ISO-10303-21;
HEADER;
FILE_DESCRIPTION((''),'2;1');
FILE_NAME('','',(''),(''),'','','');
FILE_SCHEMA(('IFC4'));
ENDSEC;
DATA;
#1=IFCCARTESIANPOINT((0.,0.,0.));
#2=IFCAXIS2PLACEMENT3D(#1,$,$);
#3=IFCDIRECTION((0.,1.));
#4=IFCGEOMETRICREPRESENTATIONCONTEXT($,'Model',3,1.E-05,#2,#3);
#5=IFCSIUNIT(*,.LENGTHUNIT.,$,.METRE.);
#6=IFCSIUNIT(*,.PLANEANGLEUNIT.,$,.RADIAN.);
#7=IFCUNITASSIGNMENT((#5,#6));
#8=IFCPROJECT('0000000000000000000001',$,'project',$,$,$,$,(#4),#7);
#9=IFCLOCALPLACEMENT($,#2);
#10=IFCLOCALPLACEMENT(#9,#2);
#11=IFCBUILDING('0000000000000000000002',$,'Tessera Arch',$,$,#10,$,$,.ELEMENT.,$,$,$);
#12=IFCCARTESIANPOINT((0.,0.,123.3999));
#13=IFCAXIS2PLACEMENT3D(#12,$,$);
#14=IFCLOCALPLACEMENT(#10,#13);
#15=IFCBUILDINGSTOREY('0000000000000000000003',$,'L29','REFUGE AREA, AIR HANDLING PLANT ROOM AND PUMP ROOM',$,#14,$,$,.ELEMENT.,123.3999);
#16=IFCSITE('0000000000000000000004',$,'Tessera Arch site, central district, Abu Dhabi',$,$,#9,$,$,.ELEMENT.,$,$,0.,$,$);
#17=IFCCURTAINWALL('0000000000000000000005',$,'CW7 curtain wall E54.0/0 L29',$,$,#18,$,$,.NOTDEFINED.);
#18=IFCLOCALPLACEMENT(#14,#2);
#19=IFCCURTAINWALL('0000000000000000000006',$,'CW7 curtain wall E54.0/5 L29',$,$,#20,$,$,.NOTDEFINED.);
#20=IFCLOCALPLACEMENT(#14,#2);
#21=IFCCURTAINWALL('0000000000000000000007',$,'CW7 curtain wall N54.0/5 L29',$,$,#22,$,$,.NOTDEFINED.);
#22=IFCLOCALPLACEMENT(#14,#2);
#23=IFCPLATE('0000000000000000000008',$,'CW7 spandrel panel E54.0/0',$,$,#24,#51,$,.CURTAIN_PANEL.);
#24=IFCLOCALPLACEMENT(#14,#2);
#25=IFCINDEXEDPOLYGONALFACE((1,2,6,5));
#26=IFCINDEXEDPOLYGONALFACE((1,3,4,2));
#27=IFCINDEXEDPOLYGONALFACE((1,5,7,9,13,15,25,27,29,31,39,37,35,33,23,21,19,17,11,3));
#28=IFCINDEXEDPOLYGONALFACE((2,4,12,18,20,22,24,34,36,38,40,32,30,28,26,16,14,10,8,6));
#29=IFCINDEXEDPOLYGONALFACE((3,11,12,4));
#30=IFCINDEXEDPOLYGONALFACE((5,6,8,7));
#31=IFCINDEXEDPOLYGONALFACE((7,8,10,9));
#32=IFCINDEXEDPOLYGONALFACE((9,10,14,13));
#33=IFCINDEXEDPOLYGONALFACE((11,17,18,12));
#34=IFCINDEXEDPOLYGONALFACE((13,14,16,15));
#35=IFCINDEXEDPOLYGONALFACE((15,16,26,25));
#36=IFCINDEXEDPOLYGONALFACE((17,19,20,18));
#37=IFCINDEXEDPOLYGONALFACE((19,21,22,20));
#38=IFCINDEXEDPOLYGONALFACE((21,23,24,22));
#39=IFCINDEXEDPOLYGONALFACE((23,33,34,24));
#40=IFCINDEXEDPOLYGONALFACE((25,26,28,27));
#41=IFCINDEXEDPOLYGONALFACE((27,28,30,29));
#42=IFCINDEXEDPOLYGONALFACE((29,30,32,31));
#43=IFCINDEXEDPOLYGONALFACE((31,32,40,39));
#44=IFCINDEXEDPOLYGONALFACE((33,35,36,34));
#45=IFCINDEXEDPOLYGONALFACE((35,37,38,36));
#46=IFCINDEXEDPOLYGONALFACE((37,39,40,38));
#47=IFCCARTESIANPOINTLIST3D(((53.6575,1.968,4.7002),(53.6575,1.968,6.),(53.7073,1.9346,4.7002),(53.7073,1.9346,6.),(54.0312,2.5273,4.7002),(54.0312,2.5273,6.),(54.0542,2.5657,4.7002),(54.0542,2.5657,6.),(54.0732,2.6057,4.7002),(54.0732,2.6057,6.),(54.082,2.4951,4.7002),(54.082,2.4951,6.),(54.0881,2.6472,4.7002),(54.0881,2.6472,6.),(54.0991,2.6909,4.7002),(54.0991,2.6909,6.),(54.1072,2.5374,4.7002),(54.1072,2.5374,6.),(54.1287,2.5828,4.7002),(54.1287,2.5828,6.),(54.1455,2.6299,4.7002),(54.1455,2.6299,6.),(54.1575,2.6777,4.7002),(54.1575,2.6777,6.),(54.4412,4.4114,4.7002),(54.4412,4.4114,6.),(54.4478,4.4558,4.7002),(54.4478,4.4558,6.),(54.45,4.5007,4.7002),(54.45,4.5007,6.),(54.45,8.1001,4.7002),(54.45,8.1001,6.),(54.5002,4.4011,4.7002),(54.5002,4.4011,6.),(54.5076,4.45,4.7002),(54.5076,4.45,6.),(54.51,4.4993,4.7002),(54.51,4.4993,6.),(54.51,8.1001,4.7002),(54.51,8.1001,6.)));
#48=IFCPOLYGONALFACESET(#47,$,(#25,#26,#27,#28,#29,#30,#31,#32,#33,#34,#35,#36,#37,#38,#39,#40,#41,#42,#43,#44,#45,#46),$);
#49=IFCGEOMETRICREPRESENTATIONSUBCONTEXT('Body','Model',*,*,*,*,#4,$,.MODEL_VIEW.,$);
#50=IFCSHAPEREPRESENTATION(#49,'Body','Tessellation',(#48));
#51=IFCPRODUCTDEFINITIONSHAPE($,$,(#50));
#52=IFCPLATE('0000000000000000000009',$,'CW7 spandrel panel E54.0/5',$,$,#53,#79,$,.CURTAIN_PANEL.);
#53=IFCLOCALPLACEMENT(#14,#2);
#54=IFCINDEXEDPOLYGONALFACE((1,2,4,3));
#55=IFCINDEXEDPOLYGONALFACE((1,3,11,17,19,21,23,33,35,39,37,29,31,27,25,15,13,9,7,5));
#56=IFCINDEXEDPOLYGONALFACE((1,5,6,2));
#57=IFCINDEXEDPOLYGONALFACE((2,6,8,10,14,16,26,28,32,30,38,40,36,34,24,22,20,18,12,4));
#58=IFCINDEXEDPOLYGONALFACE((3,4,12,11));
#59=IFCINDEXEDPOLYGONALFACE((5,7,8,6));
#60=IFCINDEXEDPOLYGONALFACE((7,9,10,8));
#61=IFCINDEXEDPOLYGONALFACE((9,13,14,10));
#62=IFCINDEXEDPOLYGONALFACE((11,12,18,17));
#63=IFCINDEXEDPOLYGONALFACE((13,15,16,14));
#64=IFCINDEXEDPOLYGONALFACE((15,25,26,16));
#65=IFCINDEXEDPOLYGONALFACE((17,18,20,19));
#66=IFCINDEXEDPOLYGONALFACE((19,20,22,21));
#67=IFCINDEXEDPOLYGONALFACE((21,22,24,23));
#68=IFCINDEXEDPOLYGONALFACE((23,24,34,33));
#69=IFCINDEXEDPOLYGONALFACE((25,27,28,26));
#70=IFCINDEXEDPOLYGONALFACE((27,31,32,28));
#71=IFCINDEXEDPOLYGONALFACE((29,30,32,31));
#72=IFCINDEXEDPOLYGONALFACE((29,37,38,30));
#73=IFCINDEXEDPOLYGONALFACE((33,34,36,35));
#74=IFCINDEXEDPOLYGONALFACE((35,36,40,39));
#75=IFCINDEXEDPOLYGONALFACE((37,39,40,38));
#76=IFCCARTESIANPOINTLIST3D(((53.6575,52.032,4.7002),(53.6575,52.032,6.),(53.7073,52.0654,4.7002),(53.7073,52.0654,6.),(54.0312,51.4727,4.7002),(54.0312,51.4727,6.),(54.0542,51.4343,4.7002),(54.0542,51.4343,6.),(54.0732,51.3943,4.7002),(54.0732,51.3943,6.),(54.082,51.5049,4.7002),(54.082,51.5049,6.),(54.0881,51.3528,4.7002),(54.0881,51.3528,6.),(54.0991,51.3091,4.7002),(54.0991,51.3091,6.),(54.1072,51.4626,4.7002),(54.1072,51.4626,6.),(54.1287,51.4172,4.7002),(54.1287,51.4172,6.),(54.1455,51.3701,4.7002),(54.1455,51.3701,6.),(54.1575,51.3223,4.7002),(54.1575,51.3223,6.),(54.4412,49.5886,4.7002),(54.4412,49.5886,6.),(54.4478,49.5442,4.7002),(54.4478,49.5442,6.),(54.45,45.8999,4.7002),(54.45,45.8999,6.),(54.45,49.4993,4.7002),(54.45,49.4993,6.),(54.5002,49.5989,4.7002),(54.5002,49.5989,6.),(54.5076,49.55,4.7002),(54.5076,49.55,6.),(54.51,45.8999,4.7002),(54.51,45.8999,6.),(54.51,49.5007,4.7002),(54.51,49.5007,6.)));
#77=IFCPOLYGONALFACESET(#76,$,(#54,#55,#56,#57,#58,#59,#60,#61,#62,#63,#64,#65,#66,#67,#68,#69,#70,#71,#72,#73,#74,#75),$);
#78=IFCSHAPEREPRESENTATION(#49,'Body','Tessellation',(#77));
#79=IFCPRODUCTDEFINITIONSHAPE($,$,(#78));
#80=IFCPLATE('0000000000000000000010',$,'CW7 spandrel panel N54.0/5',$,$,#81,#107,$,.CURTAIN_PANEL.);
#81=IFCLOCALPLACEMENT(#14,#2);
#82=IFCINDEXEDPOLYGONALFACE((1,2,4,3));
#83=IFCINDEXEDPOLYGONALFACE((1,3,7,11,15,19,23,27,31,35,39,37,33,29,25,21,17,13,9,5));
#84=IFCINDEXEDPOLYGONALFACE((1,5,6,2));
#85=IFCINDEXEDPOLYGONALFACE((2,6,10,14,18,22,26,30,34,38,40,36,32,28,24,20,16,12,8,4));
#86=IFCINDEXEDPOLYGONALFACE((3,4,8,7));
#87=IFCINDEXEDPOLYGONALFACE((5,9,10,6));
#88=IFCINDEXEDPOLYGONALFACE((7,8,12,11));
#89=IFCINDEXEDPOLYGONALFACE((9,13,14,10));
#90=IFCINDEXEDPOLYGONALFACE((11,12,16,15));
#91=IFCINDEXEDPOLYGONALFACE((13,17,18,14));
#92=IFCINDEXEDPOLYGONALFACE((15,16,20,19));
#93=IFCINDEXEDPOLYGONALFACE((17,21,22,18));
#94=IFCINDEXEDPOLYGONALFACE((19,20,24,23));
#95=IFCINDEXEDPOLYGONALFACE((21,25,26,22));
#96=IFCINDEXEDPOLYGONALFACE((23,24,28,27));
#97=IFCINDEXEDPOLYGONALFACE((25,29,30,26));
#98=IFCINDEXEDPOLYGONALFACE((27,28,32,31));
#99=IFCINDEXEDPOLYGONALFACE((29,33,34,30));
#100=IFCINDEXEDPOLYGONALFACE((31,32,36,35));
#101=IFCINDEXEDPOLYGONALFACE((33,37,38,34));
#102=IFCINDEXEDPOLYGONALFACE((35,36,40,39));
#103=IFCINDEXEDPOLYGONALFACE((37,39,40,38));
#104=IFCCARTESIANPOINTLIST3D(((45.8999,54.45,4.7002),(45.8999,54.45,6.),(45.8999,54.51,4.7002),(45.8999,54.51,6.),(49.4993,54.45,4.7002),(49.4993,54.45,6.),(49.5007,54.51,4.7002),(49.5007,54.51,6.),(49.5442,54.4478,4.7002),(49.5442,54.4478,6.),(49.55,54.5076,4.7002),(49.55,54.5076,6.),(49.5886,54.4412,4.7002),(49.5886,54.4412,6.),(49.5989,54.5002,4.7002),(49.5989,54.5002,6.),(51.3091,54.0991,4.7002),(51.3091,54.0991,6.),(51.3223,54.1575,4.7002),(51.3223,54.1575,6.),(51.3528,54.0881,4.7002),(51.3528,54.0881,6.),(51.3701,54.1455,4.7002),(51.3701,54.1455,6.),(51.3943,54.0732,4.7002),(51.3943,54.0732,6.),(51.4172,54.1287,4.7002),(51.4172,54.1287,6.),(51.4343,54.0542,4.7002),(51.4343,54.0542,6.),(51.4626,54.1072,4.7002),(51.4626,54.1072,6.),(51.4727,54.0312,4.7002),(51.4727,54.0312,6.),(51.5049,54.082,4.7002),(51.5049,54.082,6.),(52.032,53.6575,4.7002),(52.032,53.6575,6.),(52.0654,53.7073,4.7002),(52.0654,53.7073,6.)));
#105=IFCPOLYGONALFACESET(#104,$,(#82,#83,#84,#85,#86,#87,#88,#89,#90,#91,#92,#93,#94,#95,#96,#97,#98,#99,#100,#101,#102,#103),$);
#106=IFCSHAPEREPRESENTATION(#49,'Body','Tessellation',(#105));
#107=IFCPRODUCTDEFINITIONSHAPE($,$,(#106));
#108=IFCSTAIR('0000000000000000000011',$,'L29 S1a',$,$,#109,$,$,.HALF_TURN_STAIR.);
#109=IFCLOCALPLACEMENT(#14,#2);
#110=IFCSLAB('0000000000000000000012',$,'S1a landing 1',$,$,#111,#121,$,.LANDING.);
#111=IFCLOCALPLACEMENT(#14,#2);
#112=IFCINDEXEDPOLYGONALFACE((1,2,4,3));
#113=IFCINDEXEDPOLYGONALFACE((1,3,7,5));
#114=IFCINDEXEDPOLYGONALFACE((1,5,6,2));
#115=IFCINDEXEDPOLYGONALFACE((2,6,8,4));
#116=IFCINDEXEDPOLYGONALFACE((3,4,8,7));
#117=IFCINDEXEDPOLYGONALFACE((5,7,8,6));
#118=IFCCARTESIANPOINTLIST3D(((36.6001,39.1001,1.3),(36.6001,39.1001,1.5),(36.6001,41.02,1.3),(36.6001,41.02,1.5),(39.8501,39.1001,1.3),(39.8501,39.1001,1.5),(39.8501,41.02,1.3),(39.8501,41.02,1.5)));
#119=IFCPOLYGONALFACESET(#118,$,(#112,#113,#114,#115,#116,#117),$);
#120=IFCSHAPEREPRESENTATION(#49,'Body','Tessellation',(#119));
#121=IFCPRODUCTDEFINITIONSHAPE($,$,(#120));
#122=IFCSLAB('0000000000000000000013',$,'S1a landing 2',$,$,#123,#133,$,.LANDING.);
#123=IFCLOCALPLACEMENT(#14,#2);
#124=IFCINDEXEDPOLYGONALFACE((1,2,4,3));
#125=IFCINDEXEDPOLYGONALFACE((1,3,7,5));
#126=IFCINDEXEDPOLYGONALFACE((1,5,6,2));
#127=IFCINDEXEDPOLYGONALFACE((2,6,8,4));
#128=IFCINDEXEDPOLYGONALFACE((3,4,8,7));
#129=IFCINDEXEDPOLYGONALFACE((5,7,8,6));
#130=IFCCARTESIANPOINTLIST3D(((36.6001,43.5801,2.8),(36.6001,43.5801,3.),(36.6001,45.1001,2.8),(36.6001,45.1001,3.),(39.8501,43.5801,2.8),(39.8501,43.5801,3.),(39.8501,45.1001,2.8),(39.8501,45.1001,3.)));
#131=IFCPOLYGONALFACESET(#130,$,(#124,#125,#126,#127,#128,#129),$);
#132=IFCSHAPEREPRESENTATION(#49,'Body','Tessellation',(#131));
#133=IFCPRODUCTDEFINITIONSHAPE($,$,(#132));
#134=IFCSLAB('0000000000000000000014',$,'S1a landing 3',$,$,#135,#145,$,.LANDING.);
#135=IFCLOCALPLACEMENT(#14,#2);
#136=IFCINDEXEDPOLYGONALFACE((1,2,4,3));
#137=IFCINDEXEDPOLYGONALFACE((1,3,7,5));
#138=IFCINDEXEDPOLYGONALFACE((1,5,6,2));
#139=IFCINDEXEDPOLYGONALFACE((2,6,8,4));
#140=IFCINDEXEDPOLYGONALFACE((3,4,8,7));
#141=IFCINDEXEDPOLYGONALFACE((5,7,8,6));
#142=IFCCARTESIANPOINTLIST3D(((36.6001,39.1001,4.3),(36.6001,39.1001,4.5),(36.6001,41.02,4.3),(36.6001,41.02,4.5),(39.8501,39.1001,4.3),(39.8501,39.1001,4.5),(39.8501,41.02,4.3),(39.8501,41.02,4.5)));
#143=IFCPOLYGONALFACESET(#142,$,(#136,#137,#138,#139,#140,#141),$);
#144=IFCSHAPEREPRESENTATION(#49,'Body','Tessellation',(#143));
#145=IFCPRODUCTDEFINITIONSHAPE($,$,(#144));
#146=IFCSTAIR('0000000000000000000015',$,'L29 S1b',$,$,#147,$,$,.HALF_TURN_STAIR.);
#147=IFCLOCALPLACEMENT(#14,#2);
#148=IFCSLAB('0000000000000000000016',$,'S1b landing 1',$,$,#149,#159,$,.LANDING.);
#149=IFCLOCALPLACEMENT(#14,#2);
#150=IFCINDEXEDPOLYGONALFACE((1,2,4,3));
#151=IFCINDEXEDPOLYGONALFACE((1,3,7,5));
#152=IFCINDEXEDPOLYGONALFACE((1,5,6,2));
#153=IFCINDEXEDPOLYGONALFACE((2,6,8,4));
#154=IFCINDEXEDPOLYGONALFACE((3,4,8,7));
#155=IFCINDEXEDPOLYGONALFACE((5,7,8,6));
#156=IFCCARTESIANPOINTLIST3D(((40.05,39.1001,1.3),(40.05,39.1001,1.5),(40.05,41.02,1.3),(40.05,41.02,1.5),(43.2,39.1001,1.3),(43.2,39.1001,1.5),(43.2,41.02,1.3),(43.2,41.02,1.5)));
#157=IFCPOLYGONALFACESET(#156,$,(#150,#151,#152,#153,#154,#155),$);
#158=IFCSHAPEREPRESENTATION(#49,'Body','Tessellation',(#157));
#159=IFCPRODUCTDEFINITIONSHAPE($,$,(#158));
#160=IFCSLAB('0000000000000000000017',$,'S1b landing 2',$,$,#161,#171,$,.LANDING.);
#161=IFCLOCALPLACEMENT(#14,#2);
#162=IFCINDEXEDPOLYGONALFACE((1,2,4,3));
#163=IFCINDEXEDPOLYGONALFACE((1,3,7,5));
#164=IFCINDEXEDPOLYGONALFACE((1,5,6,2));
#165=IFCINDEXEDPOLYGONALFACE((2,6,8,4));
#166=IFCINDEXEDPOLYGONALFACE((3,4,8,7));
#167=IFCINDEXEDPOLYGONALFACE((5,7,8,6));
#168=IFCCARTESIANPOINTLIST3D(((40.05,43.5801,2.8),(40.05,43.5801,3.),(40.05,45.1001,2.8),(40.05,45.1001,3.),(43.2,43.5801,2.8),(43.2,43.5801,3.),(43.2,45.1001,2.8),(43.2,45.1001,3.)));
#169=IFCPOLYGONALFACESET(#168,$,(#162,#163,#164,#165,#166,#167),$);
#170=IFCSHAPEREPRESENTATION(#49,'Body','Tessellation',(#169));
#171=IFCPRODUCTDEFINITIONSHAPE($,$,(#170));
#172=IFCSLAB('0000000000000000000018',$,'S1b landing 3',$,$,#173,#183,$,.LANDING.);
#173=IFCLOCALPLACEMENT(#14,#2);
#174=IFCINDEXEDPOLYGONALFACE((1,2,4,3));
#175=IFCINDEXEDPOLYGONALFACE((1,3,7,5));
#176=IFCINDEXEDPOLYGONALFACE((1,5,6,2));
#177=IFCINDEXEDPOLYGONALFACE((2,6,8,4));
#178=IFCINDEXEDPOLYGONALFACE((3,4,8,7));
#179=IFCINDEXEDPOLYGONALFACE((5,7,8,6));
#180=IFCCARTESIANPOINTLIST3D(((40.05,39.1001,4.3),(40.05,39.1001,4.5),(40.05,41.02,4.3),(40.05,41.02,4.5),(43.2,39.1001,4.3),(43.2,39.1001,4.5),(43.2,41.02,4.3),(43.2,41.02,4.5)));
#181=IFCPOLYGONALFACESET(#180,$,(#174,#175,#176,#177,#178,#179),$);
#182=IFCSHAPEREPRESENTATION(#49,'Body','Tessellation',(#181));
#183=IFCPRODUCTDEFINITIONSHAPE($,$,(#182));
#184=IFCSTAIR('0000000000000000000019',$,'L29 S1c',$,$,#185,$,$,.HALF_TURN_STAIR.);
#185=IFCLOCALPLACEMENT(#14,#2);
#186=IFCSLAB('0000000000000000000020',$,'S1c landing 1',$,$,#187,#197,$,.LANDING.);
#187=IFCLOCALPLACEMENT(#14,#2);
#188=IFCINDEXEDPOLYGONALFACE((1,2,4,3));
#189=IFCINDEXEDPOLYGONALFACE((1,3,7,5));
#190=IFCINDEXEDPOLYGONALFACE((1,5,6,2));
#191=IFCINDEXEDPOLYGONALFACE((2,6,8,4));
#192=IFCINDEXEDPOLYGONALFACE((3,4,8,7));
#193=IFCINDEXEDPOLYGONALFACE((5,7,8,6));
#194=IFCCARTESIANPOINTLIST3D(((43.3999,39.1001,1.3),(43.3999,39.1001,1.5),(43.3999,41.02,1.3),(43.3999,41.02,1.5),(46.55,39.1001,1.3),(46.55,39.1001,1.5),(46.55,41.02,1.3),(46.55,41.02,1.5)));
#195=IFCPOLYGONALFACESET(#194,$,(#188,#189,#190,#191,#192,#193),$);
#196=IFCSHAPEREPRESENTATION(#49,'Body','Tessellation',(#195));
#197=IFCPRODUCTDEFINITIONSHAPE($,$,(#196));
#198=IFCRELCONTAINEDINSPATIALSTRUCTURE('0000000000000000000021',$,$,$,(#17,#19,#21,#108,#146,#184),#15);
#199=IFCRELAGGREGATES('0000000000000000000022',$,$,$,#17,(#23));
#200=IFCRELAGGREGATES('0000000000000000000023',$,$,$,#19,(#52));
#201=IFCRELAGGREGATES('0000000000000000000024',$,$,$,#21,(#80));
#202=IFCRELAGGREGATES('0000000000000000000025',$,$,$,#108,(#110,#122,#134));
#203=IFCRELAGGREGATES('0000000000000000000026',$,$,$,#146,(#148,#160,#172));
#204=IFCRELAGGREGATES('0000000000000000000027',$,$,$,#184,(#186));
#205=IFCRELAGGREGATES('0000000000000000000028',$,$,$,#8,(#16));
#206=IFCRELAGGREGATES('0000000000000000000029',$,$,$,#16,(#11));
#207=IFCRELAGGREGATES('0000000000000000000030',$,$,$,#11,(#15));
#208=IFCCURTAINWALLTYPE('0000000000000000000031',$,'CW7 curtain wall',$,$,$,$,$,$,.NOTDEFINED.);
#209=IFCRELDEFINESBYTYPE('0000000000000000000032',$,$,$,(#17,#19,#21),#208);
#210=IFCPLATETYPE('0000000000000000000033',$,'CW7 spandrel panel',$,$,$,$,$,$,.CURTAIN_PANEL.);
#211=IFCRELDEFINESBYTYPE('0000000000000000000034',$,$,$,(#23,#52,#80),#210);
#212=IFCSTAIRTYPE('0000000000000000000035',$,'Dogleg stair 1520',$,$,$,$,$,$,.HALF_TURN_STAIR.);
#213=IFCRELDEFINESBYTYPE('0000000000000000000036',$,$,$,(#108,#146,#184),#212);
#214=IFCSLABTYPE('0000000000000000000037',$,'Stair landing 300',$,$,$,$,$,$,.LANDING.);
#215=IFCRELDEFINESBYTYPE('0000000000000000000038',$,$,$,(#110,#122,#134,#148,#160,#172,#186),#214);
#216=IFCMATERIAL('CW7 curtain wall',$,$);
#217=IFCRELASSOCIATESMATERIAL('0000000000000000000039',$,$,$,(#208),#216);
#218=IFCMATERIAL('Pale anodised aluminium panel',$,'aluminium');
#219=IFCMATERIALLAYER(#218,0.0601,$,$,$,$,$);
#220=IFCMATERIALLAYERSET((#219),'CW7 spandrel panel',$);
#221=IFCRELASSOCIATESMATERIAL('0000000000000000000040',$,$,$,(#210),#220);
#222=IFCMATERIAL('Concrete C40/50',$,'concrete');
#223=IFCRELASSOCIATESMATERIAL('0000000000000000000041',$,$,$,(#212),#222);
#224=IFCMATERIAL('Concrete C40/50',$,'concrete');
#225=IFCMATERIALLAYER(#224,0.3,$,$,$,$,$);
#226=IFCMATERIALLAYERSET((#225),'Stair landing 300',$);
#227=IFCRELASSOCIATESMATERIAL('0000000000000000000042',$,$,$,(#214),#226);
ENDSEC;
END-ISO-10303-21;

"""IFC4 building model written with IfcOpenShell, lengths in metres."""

from ifc_helpers import new_model, si_unit, direction, frame, origin, place, context, subcontext, project, spatial, polyline, outline, extrude, material, layer, layer_set, type_object, element, aggregate, save


model = new_model("IFC4")

# Units and contexts
model_context = context("Model", 3, precision=1e-05, world=origin(), true_north=direction((0.0, 1.0)))
body_context = subcontext(model_context, "Body", "Model", "MODEL_VIEW")
ifc_project = project(units=[si_unit("LENGTHUNIT", "METRE"), si_unit("PLANEANGLEUNIT", "RADIAN")], contexts=[model_context])

# Site, building, storey
site_placement = place(None, origin())
site = spatial("IfcSite", under=ifc_project, at=site_placement, Name="Tessera Arch site, central district, Abu Dhabi", CompositionType="ELEMENT", RefElevation=0.0)
building_placement = place(site_placement, origin())
building = spatial("IfcBuilding", under=site, at=building_placement, Name="Tessera Arch", CompositionType="ELEMENT")
storey_placement = place(building_placement, frame((0.0, 0.0, 123.3999)))
storey = spatial("IfcBuildingStorey", under=building, at=storey_placement, Name="L29", Description="REFUGE AREA, AIR HANDLING PLANT ROOM AND PUMP ROOM", CompositionType="ELEMENT", Elevation=123.3999)

# Shared definitions
ifc_material_1 = material(Name="CW7 curtain wall")
curtain_wall_type = type_object("IfcCurtainWallType", Name="CW7 curtain wall", PredefinedType="NOTDEFINED", material=ifc_material_1)

# Curtain walls
curtain_wall_1_placement = place(storey_placement, origin())
curtain_wall_1 = element("IfcCurtainWall", 1, at=curtain_wall_1_placement, inside=storey, type_object=curtain_wall_type, Name="CW7 curtain wall E54.0/0 L29", PredefinedType="NOTDEFINED")
curtain_wall_2_placement = place(storey_placement, origin())
curtain_wall_2 = element("IfcCurtainWall", 2, at=curtain_wall_2_placement, inside=storey, type_object=curtain_wall_type, Name="CW7 curtain wall E54.0/5 L29", PredefinedType="NOTDEFINED")
curtain_wall_3_placement = place(storey_placement, origin())
curtain_wall_3 = element("IfcCurtainWall", 3, at=curtain_wall_3_placement, inside=storey, type_object=curtain_wall_type, Name="CW7 curtain wall N54.0/5 L29", PredefinedType="NOTDEFINED")

# Plates
ifc_material_2 = material(Name="Pale anodised aluminium panel", Category="aluminium")
ifc_layer_1 = layer(ifc_material_2, 0.0601)
ifc_layer_set_1 = layer_set([ifc_layer_1], Name="CW7 spandrel panel")
plate_type_1 = type_object("IfcPlateType", Name="CW7 spandrel panel", PredefinedType="CURTAIN_PANEL", material=ifc_layer_set_1)
plate_1_placement = place(storey_placement, frame((0.0, 0.0, 4.7002)))
plate_1 = element("IfcPlate", 4, at=plate_1_placement, type_object=plate_type_1, Name="CW7 spandrel panel E54.0/0", PredefinedType="CURTAIN_PANEL", context=body_context, shape_type="SweptSolid", body=[
    extrude(outline(polyline([(54.0312, 2.5273), (53.6575, 1.968), (53.7073, 1.9346), (54.082, 2.4951), (54.1072, 2.5374), (54.1287, 2.5828), (54.1455, 2.6299), (54.1575, 2.6777), (54.5002, 4.4011), (54.5076, 4.45), (54.51, 4.4993), (54.51, 8.1001), (54.45, 8.1001), (54.45, 4.5007), (54.4478, 4.4558), (54.4412, 4.4114), (54.0991, 2.6909), (54.0881, 2.6472), (54.0732, 2.6057), (54.0542, 2.5657), (54.0312, 2.5273)])), origin(), (0.0, 0.0, 1.0), 1.2998),
])
aggregate(curtain_wall_1, [plate_1])
plate_2_placement = place(storey_placement, frame((0.0, 0.0, 4.7002)))
plate_2 = element("IfcPlate", 5, at=plate_2_placement, type_object=plate_type_1, Name="CW7 spandrel panel E54.0/5", PredefinedType="CURTAIN_PANEL", context=body_context, shape_type="SweptSolid", body=[
    extrude(outline(polyline([(54.45, 49.4993), (54.45, 45.8999), (54.51, 45.8999), (54.51, 49.5007), (54.5076, 49.55), (54.5002, 49.5989), (54.1575, 51.3223), (54.1455, 51.3701), (54.1287, 51.4172), (54.1072, 51.4626), (54.082, 51.5049), (53.7073, 52.0654), (53.6575, 52.032), (54.0312, 51.4727), (54.0542, 51.4343), (54.0732, 51.3943), (54.0881, 51.3528), (54.0991, 51.3091), (54.4412, 49.5886), (54.4478, 49.5442), (54.45, 49.4993)])), origin(), (0.0, 0.0, 1.0), 1.2998),
])
aggregate(curtain_wall_2, [plate_2])
plate_3_placement = place(storey_placement, frame((0.0, 0.0, 4.7002)))
plate_3 = element("IfcPlate", 6, at=plate_3_placement, type_object=plate_type_1, Name="CW7 spandrel panel N54.0/5", PredefinedType="CURTAIN_PANEL", context=body_context, shape_type="SweptSolid", body=[
    extrude(outline(polyline([(51.4727, 54.0312), (52.032, 53.6575), (52.0654, 53.7073), (51.5049, 54.082), (51.4626, 54.1072), (51.4172, 54.1287), (51.3701, 54.1455), (51.3223, 54.1575), (49.5989, 54.5002), (49.55, 54.5076), (49.5007, 54.51), (45.8999, 54.51), (45.8999, 54.45), (49.4993, 54.45), (49.5442, 54.4478), (49.5886, 54.4412), (51.3091, 54.0991), (51.3528, 54.0881), (51.3943, 54.0732), (51.4343, 54.0542), (51.4727, 54.0312)])), origin(), (0.0, 0.0, 1.0), 1.2998),
])
aggregate(curtain_wall_3, [plate_3])

# Stairs, slabs
ifc_material_3 = material(Name="Concrete C40/50", Category="concrete")
stair_type_1 = type_object("IfcStairType", Name="Dogleg stair 1520", PredefinedType="HALF_TURN_STAIR", material=ifc_material_3)
stair_1_placement = place(storey_placement, origin())
stair_1 = element("IfcStair", 7, at=stair_1_placement, inside=storey, type_object=stair_type_1, Name="L29 S1a", PredefinedType="HALF_TURN_STAIR")
ifc_material_4 = material(Name="Concrete C40/50", Category="concrete")
ifc_layer_2 = layer(ifc_material_4, 0.3)
ifc_layer_set_2 = layer_set([ifc_layer_2], Name="Stair landing 300")
slab_type = type_object("IfcSlabType", Name="Stair landing 300", PredefinedType="LANDING", material=ifc_layer_set_2)
slab_1_placement = place(storey_placement, frame((0.0, 0.0, 1.3)))
slab_1 = element("IfcSlab", 8, at=slab_1_placement, type_object=slab_type, Name="S1a landing 1", PredefinedType="LANDING", context=body_context, shape_type="SweptSolid", body=[
    extrude(outline(polyline([(36.6001, 41.02), (36.6001, 39.1001), (39.8501, 39.1001), (39.8501, 41.02), (36.6001, 41.02)])), origin(), (0.0, 0.0, 1.0), 0.2),
])
slab_2_placement = place(storey_placement, frame((0.0, 0.0, 2.8)))
slab_2 = element("IfcSlab", 9, at=slab_2_placement, type_object=slab_type, Name="S1a landing 2", PredefinedType="LANDING", context=body_context, shape_type="SweptSolid", body=[
    extrude(outline(polyline([(36.6001, 45.1001), (36.6001, 43.5801), (39.8501, 43.5801), (39.8501, 45.1001), (36.6001, 45.1001)])), origin(), (0.0, 0.0, 1.0), 0.2),
])
slab_3_placement = place(storey_placement, frame((0.0, 0.0, 4.3)))
slab_3 = element("IfcSlab", 10, at=slab_3_placement, type_object=slab_type, Name="S1a landing 3", PredefinedType="LANDING", context=body_context, shape_type="SweptSolid", body=[
    extrude(outline(polyline([(36.6001, 41.02), (36.6001, 39.1001), (39.8501, 39.1001), (39.8501, 41.02), (36.6001, 41.02)])), origin(), (0.0, 0.0, 1.0), 0.2),
])
aggregate(stair_1, [slab_1, slab_2, slab_3])
stair_2_placement = place(storey_placement, origin())
stair_2 = element("IfcStair", 11, at=stair_2_placement, inside=storey, type_object=stair_type_1, Name="L29 S1b", PredefinedType="HALF_TURN_STAIR")
slab_4_placement = place(storey_placement, frame((0.0, 0.0, 1.3)))
slab_4 = element("IfcSlab", 12, at=slab_4_placement, type_object=slab_type, Name="S1b landing 1", PredefinedType="LANDING", context=body_context, shape_type="SweptSolid", body=[
    extrude(outline(polyline([(40.05, 41.02), (40.05, 39.1001), (43.2, 39.1001), (43.2, 41.02), (40.05, 41.02)])), origin(), (0.0, 0.0, 1.0), 0.2),
])
slab_5_placement = place(storey_placement, frame((0.0, 0.0, 2.8)))
slab_5 = element("IfcSlab", 13, at=slab_5_placement, type_object=slab_type, Name="S1b landing 2", PredefinedType="LANDING", context=body_context, shape_type="SweptSolid", body=[
    extrude(outline(polyline([(40.05, 45.1001), (40.05, 43.5801), (43.2, 43.5801), (43.2, 45.1001), (40.05, 45.1001)])), origin(), (0.0, 0.0, 1.0), 0.2),
])
slab_6_placement = place(storey_placement, frame((0.0, 0.0, 4.3)))
slab_6 = element("IfcSlab", 14, at=slab_6_placement, type_object=slab_type, Name="S1b landing 3", PredefinedType="LANDING", context=body_context, shape_type="SweptSolid", body=[
    extrude(outline(polyline([(40.05, 41.02), (40.05, 39.1001), (43.2, 39.1001), (43.2, 41.02), (40.05, 41.02)])), origin(), (0.0, 0.0, 1.0), 0.2),
])
aggregate(stair_2, [slab_4, slab_5, slab_6])
stair_3_placement = place(storey_placement, origin())
stair_3 = element("IfcStair", 15, at=stair_3_placement, inside=storey, type_object=stair_type_1, Name="L29 S1c", PredefinedType="HALF_TURN_STAIR")
slab_7_placement = place(storey_placement, frame((0.0, 0.0, 1.3)))
slab_7 = element("IfcSlab", 16, at=slab_7_placement, type_object=slab_type, Name="S1c landing 1", PredefinedType="LANDING", context=body_context, shape_type="SweptSolid", body=[
    extrude(outline(polyline([(43.3999, 41.02), (43.3999, 39.1001), (46.55, 39.1001), (46.55, 41.02), (43.3999, 41.02)])), origin(), (0.0, 0.0, 1.0), 0.2),
])
aggregate(stair_3, [slab_7])

save(model, "model.ifc")
